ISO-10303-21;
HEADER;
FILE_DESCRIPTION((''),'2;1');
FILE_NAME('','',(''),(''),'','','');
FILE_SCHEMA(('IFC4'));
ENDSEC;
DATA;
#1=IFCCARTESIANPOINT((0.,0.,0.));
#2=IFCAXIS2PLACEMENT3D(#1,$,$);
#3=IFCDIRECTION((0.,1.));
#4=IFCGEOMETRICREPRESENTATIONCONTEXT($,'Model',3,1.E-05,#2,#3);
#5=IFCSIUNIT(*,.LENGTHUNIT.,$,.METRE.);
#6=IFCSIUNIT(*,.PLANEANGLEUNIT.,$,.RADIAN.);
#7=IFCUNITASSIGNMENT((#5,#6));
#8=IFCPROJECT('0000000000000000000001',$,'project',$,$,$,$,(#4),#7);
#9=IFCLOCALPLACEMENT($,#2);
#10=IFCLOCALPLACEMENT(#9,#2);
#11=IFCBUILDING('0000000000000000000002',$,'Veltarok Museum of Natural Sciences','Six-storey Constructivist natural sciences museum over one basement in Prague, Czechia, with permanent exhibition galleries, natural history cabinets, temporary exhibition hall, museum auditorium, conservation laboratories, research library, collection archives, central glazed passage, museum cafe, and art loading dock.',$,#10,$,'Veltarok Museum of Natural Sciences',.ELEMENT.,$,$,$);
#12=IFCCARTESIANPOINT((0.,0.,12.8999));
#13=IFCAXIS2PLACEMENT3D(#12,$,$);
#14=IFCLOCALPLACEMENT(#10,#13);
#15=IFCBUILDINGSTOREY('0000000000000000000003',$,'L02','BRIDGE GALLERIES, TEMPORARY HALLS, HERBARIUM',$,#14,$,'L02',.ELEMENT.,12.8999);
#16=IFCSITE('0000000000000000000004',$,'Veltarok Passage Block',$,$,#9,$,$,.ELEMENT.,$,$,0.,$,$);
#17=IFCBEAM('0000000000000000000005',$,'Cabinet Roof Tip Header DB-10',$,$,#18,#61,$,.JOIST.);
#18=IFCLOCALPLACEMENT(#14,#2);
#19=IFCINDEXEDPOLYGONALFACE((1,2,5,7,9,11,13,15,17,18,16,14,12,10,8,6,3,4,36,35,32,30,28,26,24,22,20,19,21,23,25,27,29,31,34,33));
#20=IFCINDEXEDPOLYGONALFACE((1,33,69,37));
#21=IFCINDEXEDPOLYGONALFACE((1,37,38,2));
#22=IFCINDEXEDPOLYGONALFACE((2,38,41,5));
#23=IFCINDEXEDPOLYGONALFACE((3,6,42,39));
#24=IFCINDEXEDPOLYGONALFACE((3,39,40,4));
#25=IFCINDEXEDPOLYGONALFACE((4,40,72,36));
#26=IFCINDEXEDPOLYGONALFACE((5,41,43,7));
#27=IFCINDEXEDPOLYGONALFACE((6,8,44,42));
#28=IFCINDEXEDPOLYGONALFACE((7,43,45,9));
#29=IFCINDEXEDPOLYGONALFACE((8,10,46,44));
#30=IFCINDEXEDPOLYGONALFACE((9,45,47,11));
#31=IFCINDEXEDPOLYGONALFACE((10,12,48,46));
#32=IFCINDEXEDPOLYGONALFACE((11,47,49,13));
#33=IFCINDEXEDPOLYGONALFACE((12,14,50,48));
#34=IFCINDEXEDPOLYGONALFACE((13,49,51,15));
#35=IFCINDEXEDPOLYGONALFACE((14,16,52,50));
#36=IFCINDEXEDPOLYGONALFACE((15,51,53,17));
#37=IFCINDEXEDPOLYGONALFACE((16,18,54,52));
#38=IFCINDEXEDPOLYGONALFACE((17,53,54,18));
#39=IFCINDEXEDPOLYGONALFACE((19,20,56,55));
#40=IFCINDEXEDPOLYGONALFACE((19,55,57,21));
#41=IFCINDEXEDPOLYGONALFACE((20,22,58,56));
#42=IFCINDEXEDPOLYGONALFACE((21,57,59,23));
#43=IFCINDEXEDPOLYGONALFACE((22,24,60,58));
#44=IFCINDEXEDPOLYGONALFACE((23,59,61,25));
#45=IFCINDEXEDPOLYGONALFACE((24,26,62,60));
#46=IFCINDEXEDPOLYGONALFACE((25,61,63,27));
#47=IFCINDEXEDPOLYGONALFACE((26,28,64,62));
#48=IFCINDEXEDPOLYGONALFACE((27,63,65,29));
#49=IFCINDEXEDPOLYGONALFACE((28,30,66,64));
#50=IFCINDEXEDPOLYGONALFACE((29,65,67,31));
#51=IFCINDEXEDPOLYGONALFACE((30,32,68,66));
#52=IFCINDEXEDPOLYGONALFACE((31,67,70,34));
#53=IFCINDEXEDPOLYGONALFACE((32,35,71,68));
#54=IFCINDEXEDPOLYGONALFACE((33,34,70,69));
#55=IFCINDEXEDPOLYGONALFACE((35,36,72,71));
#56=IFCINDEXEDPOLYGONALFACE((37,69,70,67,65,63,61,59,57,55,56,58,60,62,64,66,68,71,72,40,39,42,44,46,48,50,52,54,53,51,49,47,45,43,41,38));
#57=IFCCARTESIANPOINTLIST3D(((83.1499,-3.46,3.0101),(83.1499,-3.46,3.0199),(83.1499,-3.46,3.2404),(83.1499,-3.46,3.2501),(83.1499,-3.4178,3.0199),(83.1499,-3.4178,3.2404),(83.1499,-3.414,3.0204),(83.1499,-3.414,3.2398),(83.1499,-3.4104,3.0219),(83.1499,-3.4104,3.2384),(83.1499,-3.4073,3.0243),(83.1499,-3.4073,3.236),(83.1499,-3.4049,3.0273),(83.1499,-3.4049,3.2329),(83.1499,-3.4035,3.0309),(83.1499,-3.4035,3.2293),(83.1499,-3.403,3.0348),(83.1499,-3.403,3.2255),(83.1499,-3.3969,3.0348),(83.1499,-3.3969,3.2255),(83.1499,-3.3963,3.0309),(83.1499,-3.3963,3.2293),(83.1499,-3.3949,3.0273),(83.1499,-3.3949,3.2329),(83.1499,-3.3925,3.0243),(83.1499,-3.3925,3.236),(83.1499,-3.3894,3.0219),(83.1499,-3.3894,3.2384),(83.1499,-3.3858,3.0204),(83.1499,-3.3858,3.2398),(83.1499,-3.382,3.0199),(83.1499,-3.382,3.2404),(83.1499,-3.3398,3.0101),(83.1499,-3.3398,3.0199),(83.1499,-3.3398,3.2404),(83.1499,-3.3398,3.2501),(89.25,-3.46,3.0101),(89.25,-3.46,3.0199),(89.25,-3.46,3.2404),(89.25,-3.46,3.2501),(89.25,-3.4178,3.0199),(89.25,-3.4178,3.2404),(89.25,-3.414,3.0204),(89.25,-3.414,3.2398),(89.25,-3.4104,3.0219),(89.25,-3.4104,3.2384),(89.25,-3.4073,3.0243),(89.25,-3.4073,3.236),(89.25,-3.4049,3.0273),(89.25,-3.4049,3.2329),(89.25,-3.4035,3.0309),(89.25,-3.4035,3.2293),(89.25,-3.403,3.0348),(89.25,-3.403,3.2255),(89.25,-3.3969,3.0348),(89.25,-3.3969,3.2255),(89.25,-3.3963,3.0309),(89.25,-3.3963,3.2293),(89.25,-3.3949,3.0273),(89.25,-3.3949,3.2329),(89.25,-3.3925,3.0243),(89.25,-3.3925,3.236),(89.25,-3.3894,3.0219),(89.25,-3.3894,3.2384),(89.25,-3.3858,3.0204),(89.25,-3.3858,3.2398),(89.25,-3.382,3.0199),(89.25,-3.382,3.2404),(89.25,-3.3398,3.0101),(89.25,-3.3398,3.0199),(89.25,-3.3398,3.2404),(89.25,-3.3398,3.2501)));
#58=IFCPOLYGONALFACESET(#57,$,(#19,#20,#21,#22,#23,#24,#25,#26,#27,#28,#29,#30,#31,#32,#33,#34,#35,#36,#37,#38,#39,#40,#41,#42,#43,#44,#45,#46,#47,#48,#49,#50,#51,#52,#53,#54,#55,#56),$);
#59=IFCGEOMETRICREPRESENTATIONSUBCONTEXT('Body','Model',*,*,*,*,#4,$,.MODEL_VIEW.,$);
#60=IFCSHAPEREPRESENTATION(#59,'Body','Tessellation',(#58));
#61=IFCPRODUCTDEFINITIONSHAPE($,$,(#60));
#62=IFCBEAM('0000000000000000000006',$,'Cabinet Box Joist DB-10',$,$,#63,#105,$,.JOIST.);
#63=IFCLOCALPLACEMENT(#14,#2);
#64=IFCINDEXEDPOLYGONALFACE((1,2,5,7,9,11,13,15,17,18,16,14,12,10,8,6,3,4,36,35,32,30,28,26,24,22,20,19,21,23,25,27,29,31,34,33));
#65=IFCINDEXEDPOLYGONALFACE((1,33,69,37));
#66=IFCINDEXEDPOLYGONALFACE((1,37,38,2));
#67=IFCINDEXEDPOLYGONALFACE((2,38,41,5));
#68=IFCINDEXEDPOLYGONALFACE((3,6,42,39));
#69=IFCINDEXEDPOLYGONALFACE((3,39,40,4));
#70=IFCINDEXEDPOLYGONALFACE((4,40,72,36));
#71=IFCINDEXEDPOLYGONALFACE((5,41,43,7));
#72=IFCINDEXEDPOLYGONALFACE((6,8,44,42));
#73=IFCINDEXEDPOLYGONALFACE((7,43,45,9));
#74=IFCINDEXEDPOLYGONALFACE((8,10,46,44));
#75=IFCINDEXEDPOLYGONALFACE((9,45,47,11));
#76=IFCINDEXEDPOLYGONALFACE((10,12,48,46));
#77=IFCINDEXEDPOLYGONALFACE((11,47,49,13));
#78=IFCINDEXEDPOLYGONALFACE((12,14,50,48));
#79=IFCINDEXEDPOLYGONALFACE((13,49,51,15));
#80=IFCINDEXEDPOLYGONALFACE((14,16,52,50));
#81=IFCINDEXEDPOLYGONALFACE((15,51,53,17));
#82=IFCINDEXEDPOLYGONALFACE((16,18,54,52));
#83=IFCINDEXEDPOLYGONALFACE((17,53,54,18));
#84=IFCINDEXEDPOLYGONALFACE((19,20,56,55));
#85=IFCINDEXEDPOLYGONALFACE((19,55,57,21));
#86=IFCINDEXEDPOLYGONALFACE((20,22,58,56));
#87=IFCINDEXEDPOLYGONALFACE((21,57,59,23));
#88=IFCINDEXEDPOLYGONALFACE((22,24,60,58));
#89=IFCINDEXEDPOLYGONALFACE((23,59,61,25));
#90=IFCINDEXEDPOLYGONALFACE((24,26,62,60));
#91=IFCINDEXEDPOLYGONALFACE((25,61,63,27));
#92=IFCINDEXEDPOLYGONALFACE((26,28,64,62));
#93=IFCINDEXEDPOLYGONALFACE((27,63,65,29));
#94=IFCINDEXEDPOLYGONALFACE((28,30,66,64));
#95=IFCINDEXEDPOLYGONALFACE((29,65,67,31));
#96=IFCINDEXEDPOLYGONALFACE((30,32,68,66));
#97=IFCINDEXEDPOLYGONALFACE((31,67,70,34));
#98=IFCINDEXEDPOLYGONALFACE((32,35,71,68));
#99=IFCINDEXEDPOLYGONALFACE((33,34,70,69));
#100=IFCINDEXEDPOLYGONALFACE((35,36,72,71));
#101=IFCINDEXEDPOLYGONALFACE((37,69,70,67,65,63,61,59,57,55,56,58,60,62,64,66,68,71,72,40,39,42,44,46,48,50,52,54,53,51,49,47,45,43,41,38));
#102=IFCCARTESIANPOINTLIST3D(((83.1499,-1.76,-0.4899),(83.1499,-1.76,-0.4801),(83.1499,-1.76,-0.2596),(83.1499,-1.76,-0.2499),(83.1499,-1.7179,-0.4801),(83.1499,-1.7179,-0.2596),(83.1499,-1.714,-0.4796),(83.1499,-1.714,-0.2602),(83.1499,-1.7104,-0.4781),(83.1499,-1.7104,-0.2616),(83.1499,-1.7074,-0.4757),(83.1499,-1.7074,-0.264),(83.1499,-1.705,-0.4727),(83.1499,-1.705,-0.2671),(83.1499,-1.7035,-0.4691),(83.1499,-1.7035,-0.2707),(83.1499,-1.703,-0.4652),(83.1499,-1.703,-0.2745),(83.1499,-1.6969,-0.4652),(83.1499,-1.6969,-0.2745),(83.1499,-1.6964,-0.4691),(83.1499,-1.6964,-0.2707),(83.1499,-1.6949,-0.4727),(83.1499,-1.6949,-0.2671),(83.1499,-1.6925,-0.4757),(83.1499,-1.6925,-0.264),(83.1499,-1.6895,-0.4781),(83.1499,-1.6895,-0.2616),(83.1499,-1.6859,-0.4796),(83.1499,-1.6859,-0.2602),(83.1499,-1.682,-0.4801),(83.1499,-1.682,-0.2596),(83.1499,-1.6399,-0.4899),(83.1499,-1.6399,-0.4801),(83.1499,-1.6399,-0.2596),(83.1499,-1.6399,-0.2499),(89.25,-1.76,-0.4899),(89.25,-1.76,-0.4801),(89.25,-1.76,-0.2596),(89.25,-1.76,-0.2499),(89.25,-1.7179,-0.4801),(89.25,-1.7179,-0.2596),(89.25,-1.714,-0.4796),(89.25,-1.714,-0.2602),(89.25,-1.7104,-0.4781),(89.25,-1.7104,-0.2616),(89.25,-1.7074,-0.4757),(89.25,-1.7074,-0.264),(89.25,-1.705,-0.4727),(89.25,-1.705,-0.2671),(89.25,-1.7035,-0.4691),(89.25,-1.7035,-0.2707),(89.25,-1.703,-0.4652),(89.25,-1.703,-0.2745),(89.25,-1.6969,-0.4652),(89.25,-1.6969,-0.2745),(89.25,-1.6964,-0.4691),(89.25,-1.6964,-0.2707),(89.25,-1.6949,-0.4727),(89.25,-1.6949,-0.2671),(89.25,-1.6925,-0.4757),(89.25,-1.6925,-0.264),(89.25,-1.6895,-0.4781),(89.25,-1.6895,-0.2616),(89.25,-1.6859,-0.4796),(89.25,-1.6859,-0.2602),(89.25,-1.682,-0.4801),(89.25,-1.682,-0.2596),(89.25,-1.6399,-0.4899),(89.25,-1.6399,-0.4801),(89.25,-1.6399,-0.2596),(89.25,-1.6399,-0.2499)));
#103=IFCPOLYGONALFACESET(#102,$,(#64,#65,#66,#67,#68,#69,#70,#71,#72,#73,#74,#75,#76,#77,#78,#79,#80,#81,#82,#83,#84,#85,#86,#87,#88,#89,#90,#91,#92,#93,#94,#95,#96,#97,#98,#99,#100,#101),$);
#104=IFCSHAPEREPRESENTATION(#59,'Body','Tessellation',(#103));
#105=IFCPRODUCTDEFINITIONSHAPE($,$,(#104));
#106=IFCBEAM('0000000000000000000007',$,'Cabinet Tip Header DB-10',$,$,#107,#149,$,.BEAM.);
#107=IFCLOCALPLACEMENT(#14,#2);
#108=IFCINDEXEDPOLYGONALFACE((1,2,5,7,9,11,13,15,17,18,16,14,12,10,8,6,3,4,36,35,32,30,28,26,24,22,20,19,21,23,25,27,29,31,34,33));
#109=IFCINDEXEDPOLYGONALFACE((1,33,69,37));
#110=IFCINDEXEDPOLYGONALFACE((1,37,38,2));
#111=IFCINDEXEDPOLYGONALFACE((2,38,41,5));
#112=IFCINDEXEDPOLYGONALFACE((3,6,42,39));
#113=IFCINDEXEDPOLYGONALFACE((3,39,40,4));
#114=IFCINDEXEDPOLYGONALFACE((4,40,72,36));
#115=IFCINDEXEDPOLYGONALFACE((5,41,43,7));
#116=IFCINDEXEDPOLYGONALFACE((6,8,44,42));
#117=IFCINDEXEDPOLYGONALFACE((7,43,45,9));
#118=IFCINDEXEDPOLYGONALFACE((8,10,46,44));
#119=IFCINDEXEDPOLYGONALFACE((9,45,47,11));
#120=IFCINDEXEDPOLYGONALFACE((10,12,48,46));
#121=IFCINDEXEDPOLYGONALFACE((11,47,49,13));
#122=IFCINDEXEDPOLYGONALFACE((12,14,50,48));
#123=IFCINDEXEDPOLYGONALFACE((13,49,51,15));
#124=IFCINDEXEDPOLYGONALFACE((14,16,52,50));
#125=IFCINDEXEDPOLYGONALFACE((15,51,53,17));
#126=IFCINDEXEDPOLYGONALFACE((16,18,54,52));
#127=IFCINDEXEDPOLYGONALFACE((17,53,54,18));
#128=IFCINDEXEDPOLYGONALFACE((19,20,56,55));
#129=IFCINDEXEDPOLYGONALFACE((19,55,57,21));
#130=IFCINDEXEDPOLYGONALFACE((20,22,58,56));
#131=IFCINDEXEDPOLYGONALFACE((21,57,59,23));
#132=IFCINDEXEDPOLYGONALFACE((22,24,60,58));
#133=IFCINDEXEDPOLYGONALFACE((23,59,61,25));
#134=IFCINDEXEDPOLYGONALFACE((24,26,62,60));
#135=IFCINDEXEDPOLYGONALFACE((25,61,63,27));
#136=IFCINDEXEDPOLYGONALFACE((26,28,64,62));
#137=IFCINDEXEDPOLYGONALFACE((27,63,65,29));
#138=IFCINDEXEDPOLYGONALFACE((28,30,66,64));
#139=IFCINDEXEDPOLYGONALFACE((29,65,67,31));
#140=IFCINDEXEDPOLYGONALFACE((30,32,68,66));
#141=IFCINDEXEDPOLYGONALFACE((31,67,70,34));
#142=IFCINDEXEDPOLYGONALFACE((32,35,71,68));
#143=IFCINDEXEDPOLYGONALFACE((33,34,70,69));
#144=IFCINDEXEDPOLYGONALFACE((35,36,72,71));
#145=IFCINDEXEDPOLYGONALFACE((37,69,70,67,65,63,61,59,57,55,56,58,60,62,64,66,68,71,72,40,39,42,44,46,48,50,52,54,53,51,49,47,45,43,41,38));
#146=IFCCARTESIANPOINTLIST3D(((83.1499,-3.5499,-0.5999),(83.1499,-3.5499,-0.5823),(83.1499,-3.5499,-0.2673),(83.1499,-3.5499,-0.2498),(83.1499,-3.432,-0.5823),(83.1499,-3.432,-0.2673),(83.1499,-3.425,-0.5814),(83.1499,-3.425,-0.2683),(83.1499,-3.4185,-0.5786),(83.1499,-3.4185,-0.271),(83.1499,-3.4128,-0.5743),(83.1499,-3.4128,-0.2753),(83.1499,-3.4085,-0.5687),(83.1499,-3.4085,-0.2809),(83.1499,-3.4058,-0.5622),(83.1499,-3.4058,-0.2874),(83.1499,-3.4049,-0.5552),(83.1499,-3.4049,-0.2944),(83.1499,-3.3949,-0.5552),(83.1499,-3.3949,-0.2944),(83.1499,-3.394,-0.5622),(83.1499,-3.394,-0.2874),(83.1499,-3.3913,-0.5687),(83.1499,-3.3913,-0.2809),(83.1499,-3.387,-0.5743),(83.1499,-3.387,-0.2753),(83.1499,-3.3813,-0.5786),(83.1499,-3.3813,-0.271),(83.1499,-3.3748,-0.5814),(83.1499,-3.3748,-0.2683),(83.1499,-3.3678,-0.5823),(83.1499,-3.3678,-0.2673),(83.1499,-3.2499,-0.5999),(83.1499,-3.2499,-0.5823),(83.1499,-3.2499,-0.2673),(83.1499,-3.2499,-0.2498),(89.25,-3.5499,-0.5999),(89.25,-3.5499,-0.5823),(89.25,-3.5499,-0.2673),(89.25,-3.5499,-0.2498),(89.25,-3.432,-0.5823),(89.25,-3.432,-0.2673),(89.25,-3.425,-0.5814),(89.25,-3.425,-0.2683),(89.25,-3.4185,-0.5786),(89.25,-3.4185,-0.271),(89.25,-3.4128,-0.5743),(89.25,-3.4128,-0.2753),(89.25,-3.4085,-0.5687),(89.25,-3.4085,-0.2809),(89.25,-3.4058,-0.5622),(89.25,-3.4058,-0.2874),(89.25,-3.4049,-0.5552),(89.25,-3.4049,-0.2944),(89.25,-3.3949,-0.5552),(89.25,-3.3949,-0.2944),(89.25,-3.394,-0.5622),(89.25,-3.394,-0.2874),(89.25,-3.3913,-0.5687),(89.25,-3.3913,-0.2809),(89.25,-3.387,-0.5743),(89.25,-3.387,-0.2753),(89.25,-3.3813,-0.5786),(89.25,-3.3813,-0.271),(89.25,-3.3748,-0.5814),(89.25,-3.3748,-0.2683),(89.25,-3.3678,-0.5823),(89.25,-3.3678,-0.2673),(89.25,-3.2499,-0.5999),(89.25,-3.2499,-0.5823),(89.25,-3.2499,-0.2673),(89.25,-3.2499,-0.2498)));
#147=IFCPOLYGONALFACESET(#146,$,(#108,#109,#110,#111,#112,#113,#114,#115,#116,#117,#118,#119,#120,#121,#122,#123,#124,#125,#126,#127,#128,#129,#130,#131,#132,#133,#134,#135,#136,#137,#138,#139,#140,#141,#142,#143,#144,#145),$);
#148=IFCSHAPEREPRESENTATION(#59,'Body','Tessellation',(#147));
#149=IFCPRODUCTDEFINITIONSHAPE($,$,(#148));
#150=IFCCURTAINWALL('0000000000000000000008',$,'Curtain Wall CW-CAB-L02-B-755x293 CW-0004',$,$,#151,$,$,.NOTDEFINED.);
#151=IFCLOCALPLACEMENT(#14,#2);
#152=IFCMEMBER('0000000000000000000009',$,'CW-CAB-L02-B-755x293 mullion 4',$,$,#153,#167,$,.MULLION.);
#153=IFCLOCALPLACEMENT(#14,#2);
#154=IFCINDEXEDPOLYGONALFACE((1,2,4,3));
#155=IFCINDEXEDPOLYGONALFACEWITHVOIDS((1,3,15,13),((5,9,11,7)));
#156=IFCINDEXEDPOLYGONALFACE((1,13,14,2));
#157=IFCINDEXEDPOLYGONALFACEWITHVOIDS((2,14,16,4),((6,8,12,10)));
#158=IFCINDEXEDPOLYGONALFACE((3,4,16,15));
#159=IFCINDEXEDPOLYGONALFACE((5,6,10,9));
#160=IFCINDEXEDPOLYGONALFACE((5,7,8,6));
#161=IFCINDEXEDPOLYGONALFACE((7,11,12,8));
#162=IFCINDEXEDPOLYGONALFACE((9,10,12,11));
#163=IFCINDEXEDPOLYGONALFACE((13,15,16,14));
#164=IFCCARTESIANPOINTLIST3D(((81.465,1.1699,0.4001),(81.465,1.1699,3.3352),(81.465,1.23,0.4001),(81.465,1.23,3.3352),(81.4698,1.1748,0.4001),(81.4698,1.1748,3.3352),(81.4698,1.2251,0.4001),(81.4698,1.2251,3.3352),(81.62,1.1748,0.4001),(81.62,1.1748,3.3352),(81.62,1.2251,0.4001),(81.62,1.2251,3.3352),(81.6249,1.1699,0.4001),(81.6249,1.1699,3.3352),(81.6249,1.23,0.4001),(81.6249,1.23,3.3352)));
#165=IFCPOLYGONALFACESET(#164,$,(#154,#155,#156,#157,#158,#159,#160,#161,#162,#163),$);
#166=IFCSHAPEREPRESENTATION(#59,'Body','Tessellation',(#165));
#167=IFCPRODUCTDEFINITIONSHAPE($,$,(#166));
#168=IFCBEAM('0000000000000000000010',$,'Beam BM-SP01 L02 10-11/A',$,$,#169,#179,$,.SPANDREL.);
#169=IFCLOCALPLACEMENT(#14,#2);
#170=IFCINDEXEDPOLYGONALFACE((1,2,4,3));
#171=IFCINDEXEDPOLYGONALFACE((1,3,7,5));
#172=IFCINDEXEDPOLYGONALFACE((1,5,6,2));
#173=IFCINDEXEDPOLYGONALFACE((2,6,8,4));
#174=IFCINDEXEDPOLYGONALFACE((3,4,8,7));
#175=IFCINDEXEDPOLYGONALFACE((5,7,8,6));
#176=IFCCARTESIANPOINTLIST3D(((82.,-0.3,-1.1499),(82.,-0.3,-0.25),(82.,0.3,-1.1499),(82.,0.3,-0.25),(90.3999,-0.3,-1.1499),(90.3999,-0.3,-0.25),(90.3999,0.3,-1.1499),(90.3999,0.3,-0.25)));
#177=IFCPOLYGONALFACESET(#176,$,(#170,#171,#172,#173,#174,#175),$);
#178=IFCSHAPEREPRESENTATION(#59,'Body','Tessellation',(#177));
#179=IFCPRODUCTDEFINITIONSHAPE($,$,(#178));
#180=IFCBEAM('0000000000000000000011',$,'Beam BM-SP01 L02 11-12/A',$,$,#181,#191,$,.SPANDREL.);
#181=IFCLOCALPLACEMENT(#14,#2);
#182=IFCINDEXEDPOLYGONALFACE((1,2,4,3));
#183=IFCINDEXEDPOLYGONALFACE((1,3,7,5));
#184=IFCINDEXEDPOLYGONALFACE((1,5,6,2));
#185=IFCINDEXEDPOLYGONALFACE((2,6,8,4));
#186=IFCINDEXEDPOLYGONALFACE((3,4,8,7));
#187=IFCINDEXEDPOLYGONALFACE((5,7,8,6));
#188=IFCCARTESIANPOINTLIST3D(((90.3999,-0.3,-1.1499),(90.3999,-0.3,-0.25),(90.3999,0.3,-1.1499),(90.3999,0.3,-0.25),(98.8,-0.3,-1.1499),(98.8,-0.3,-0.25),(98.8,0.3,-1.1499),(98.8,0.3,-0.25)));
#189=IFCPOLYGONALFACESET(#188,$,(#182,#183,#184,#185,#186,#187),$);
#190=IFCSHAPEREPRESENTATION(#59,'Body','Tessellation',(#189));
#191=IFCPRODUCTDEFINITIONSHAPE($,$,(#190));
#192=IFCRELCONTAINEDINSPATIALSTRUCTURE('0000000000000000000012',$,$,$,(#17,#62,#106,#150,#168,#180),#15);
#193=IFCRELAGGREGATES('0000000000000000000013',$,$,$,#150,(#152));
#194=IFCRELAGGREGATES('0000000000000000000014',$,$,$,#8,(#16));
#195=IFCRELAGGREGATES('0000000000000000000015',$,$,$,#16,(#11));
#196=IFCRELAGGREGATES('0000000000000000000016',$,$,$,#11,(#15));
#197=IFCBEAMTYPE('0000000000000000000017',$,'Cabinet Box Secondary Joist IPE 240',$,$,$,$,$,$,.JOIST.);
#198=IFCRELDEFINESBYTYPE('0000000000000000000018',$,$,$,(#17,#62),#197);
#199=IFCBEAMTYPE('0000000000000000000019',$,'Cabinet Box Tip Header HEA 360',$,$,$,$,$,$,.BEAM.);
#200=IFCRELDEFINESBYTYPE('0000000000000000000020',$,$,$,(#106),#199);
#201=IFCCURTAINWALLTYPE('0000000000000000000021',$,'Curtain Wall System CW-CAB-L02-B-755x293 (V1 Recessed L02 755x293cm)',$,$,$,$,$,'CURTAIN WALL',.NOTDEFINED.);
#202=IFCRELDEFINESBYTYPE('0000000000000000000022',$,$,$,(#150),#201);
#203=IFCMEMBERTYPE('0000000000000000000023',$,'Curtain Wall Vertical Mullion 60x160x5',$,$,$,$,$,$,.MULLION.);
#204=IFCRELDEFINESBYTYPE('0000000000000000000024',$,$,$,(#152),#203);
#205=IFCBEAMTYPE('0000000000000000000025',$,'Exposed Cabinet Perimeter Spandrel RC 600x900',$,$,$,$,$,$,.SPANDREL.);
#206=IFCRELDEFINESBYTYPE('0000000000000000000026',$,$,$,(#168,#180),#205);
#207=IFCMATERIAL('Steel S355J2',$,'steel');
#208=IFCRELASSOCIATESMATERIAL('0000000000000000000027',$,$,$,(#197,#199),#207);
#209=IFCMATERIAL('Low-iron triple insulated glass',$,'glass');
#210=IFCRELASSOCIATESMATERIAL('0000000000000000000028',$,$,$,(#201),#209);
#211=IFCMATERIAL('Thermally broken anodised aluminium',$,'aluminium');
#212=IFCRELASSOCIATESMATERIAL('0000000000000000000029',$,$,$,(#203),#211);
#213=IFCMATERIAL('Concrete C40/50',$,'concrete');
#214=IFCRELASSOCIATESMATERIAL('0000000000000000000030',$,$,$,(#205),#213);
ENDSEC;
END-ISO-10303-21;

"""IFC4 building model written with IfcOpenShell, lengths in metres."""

from ifc_helpers import new_model, si_unit, direction, frame, origin, origin_2d, place, context, subcontext, project, spatial, rectangle, hollow_rectangle, i_section, extrude, material, material_profile, profile_set, type_object, element, aggregate, save


model = new_model("IFC4")

# Units and contexts
model_context = context("Model", 3, precision=1e-05, world=origin(), true_north=direction((0.0, 1.0)))
body_context = subcontext(model_context, "Body", "Model", "MODEL_VIEW")
ifc_project = project(units=[si_unit("LENGTHUNIT", "METRE"), si_unit("PLANEANGLEUNIT", "RADIAN")], contexts=[model_context])

# Site, building, storey
site_placement = place(None, origin())
site = spatial("IfcSite", under=ifc_project, at=site_placement, Name="Veltarok Passage Block", CompositionType="ELEMENT", RefElevation=0.0)
building_placement = place(site_placement, origin())
building = spatial("IfcBuilding", under=site, at=building_placement, Name="Veltarok Museum of Natural Sciences", Description="Six-storey Constructivist natural sciences museum over one basement in Prague, Czechia, with permanent exhibition galleries, natural history cabinets, temporary exhibition hall, museum auditorium, conservation laboratories, research library, collection archives, central glazed passage, museum cafe, and art loading dock.", LongName="Veltarok Museum of Natural Sciences", CompositionType="ELEMENT")
storey_placement = place(building_placement, frame((0.0, 0.0, 12.8999)))
storey = spatial("IfcBuildingStorey", under=building, at=storey_placement, Name="L02", Description="BRIDGE GALLERIES, TEMPORARY HALLS, HERBARIUM", LongName="L02", CompositionType="ELEMENT", Elevation=12.8999)

# Shared definitions
ifc_material_1 = material(Name="Concrete C40/50", Category="concrete")
ifc_material_2 = material(Name="Steel S355J2", Category="steel")

# Beams
ifc_material_profile_1 = material_profile(ifc_material_2, i_section(OverallWidth=0.1201, OverallDepth=0.24, WebThickness=0.0061, FlangeThickness=0.0098, FilletRadius=0.0149, at=origin_2d()), Name="IPE 240")
ifc_profile_set_1 = profile_set([ifc_material_profile_1], Name="Steel S355J2")
beam_type_1 = type_object("IfcBeamType", Name="Cabinet Box Secondary Joist IPE 240", PredefinedType="JOIST", material=ifc_profile_set_1)
for number, where, z_axis, x_axis, name in (
    (1, (83.1499, -3.3999, 3.1301), (1.0, 0.0, 0.0), (0.0, 1.0, 0.0), "Cabinet Roof Tip Header DB-10"),
    (2, (83.1499, -1.7, -0.3699), (1.0, 0.0, 0.0), (0.0, 1.0, 0.0), "Cabinet Box Joist DB-10"),
):
    element("IfcBeam", number, at=place(storey_placement, frame(where, z_axis=z_axis, x_axis=x_axis)), inside=storey, type_object=beam_type_1, Name=name, PredefinedType="JOIST", context=body_context, shape_type="SweptSolid", body=[
        extrude(i_section(OverallWidth=0.1201, OverallDepth=0.24, WebThickness=0.0061, FlangeThickness=0.0098, FilletRadius=0.0149, at=origin_2d()), origin(), (0.0, 0.0, 1.0), 6.1001),
    ])
ifc_material_profile_2 = material_profile(ifc_material_2, i_section(OverallWidth=0.3, OverallDepth=0.3501, WebThickness=0.01, FlangeThickness=0.0176, FilletRadius=0.0271, at=origin_2d()), Name="HEA 360")
ifc_profile_set_2 = profile_set([ifc_material_profile_2], Name="Steel S355J2")
beam_type_2 = type_object("IfcBeamType", Name="Cabinet Box Tip Header HEA 360", PredefinedType="BEAM", material=ifc_profile_set_2)
beam_1_placement = place(storey_placement, frame((83.1499, -3.3999, -0.4248), z_axis=(1.0, 0.0, 0.0), x_axis=(0.0, 1.0, 0.0)))
element("IfcBeam", 3, at=beam_1_placement, inside=storey, type_object=beam_type_2, Name="Cabinet Tip Header DB-10", PredefinedType="BEAM", context=body_context, shape_type="SweptSolid", body=[
    extrude(i_section(OverallWidth=0.3, OverallDepth=0.3501, WebThickness=0.01, FlangeThickness=0.0176, FilletRadius=0.0271, at=origin_2d()), origin(), (0.0, 0.0, 1.0), 6.1001),
])

# Curtain wall, member
ifc_material_3 = material(Name="Low-iron triple insulated glass", Category="glass")
curtain_wall_type = type_object("IfcCurtainWallType", Name="Curtain Wall System CW-CAB-L02-B-755x293 (V1 Recessed L02 755x293cm)", ElementType="CURTAIN WALL", PredefinedType="NOTDEFINED", material=ifc_material_3)
curtain_wall_placement = place(storey_placement, origin())
curtain_wall = element("IfcCurtainWall", 4, at=curtain_wall_placement, inside=storey, type_object=curtain_wall_type, Name="Curtain Wall CW-CAB-L02-B-755x293 CW-0004", PredefinedType="NOTDEFINED")
ifc_material_4 = material(Name="Thermally broken anodised aluminium", Category="aluminium")
ifc_material_profile_3 = material_profile(ifc_material_4, hollow_rectangle(XDim=0.0601, YDim=0.1599, WallThickness=0.0049, at=origin_2d()), Name="CW MULLION 60x160x5")
ifc_profile_set_3 = profile_set([ifc_material_profile_3], Name="Thermally broken anodised aluminium")
member_type = type_object("IfcMemberType", Name="Curtain Wall Vertical Mullion 60x160x5", PredefinedType="MULLION", material=ifc_profile_set_3)
member_placement = place(storey_placement, frame((81.5449, 1.2, 0.4001), z_axis=(0.0, 0.0, 1.0), x_axis=(0.0, 1.0, 0.0)))
member = element("IfcMember", 5, at=member_placement, type_object=member_type, Name="CW-CAB-L02-B-755x293 mullion 4", PredefinedType="MULLION", context=body_context, shape_type="SweptSolid", body=[
    extrude(hollow_rectangle(XDim=0.0601, YDim=0.1599, WallThickness=0.0049, at=origin_2d()), origin(), (0.0, 0.0, 1.0), 2.9351),
])
aggregate(curtain_wall, [member])

# Beams
ifc_material_profile_4 = material_profile(ifc_material_1, rectangle(XDim=0.6001, YDim=0.8999, at=origin_2d()), Name="RC 600x900")
ifc_profile_set_4 = profile_set([ifc_material_profile_4], Name="Concrete C40/50")
beam_type_3 = type_object("IfcBeamType", Name="Exposed Cabinet Perimeter Spandrel RC 600x900", PredefinedType="SPANDREL", material=ifc_profile_set_4)
beam_2_placement = place(storey_placement, frame((82.0, 0.0, -0.7), z_axis=(1.0, 0.0, 0.0), x_axis=(0.0, 1.0, 0.0)))
element("IfcBeam", 6, at=beam_2_placement, inside=storey, type_object=beam_type_3, Name="Beam BM-SP01 L02 10-11/A", PredefinedType="SPANDREL", context=body_context, shape_type="SweptSolid", body=[
    extrude(rectangle(XDim=0.6001, YDim=0.8999, at=origin_2d()), origin(), (0.0, 0.0, 1.0), 8.3999),
])
beam_3_placement = place(storey_placement, frame((90.3999, 0.0, -0.7), z_axis=(1.0, 0.0, 0.0), x_axis=(0.0, 1.0, 0.0)))
element("IfcBeam", 7, at=beam_3_placement, inside=storey, type_object=beam_type_3, Name="Beam BM-SP01 L02 11-12/A", PredefinedType="SPANDREL", context=body_context, shape_type="SweptSolid", body=[
    extrude(rectangle(XDim=0.6001, YDim=0.8999, at=origin_2d()), origin(), (0.0, 0.0, 1.0), 8.4001),
])

save(model, "model.ifc")
